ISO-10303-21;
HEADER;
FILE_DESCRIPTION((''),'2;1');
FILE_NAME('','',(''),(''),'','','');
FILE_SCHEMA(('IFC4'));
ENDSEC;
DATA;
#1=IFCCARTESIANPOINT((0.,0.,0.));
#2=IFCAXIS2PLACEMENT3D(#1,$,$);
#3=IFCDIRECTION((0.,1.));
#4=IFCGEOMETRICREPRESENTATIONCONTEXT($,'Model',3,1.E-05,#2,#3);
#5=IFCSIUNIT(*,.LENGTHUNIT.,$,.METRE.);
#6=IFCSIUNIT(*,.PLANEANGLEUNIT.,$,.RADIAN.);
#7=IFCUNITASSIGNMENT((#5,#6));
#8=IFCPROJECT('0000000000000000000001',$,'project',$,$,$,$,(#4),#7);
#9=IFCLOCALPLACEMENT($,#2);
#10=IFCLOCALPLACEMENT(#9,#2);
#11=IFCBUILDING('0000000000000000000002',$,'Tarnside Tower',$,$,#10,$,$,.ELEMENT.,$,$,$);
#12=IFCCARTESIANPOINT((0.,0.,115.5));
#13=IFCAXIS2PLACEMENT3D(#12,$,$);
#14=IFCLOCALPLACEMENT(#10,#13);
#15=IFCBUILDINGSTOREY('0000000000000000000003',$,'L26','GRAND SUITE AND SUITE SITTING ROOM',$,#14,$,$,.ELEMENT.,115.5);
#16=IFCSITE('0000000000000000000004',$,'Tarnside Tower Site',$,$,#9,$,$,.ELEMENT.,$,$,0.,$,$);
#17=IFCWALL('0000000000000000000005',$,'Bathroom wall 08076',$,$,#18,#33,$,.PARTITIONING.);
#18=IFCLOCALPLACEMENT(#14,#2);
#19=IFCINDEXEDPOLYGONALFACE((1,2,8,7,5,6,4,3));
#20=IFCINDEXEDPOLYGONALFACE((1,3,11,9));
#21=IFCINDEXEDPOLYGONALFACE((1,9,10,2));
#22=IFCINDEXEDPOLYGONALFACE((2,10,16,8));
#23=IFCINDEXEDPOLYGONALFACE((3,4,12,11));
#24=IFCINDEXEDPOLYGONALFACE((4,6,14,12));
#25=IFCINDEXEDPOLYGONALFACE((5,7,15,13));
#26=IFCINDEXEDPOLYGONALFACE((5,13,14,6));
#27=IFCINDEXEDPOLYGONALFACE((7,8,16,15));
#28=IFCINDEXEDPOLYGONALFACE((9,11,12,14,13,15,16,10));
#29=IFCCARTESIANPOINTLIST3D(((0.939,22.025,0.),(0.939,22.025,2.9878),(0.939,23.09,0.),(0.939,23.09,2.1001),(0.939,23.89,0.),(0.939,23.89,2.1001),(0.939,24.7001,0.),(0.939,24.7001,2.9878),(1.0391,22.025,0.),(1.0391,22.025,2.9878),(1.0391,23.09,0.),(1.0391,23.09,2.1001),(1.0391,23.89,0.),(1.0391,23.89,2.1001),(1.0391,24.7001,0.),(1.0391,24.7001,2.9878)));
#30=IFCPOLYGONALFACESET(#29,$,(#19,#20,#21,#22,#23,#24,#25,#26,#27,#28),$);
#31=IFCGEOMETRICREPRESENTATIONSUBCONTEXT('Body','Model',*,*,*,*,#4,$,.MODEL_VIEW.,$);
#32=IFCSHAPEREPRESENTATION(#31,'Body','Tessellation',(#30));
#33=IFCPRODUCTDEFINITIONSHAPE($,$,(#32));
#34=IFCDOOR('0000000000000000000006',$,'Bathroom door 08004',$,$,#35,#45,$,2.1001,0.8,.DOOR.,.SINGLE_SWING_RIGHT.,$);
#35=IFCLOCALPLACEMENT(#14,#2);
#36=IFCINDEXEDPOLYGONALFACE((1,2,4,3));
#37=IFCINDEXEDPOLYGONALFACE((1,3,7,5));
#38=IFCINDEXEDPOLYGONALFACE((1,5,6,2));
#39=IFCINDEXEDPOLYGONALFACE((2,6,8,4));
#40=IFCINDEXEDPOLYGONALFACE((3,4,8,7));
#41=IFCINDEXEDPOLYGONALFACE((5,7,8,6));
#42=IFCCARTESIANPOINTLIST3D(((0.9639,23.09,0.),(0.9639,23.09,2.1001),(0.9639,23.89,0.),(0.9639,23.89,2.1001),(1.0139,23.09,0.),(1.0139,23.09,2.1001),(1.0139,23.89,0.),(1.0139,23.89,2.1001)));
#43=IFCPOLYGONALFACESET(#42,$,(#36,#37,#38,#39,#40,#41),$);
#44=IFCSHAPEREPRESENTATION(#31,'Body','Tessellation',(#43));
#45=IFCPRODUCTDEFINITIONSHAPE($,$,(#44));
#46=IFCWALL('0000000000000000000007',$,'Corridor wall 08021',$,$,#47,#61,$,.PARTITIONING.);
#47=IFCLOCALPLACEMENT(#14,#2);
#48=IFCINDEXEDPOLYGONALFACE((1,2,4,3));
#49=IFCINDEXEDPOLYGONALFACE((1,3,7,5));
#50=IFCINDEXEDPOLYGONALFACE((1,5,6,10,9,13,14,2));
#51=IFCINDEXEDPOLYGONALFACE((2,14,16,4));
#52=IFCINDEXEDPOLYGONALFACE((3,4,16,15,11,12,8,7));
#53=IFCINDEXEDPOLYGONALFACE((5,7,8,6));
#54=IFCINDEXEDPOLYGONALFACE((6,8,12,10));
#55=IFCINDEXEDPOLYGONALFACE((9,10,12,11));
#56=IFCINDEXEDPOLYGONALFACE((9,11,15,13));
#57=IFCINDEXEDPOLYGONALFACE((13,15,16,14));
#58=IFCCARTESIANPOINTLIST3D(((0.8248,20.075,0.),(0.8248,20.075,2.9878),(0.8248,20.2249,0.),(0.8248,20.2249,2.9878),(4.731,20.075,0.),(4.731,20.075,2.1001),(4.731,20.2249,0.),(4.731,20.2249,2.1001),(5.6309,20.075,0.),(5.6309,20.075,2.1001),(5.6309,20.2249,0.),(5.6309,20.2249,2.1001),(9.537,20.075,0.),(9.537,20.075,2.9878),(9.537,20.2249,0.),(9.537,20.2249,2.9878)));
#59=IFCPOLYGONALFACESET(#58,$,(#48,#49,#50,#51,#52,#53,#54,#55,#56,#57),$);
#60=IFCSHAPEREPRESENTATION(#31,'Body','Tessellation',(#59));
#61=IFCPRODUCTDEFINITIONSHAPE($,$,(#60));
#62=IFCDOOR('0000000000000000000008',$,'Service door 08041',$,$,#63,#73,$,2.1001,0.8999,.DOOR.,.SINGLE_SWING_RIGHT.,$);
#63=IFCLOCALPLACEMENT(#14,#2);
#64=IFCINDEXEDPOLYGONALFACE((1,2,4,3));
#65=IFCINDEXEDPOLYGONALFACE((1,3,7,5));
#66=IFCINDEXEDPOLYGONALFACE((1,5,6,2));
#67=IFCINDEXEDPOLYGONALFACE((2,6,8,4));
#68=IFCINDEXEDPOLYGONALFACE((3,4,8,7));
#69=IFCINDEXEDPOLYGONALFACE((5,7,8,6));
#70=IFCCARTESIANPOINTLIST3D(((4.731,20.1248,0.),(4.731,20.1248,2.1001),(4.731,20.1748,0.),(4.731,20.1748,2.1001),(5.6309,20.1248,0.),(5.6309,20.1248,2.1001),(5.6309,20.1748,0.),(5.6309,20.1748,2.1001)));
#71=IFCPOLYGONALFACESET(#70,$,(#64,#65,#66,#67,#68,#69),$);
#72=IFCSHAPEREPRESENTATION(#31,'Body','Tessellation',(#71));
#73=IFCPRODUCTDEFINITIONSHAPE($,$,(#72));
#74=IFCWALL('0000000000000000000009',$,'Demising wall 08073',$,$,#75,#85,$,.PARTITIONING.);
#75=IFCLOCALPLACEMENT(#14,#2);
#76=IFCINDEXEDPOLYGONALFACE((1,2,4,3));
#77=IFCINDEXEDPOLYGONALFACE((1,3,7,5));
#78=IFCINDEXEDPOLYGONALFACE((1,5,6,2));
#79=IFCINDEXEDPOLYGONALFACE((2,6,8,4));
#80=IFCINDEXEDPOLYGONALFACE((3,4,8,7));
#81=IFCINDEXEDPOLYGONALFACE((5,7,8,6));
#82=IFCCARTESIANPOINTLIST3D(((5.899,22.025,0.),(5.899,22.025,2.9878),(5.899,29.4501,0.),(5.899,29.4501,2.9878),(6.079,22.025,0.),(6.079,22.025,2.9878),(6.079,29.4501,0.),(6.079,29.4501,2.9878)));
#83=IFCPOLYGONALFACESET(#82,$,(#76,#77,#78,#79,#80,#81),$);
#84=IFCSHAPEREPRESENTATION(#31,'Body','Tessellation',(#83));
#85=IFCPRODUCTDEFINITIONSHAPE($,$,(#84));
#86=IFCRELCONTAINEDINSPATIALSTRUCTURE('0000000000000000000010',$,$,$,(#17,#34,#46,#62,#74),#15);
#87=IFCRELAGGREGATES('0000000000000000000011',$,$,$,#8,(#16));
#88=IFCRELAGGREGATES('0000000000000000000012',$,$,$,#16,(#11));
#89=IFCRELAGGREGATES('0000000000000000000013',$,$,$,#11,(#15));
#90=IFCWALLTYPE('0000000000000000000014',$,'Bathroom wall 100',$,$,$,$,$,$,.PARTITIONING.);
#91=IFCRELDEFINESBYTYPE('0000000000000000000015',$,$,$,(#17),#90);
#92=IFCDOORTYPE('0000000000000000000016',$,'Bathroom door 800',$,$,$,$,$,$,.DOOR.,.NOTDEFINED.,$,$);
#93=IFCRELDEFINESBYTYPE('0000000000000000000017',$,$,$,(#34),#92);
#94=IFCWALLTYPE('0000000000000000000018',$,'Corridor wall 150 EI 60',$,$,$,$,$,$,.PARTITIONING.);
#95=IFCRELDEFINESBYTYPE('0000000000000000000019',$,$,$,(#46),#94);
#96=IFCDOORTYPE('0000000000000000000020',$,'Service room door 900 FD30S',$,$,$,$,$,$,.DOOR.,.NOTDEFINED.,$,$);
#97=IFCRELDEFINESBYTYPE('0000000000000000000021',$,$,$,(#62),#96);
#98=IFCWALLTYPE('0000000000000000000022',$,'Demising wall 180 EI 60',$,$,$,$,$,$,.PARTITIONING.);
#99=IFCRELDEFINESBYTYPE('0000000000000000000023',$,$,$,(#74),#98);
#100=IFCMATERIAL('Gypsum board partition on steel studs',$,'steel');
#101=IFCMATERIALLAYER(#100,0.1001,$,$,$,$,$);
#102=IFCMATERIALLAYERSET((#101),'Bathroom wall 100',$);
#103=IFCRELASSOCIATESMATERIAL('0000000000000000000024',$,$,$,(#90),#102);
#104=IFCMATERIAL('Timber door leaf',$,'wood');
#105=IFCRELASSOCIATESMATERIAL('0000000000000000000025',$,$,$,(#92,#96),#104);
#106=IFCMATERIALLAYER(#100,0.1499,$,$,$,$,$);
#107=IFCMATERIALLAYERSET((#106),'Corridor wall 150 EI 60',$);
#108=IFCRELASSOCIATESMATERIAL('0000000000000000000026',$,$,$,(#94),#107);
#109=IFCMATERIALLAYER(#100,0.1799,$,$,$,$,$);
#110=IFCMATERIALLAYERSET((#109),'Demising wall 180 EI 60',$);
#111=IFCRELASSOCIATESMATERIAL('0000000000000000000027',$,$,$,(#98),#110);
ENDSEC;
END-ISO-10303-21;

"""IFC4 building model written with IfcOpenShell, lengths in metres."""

from ifc_helpers import new_model, si_unit, direction, frame, frame_2d, origin, place, context, subcontext, project, spatial, rectangle, extrude, material, layer, layer_set, type_object, element, fill, save


model = new_model("IFC4")

# Units and contexts
model_context = context("Model", 3, precision=1e-05, world=origin(), true_north=direction((0.0, 1.0)))
body_context = subcontext(model_context, "Body", "Model", "MODEL_VIEW")
ifc_project = project(units=[si_unit("LENGTHUNIT", "METRE"), si_unit("PLANEANGLEUNIT", "RADIAN")], contexts=[model_context])

# Site, building, storey
site_placement = place(None, origin())
site = spatial("IfcSite", under=ifc_project, at=site_placement, Name="Tarnside Tower Site", CompositionType="ELEMENT", RefElevation=0.0)
building_placement = place(site_placement, origin())
building = spatial("IfcBuilding", under=site, at=building_placement, Name="Tarnside Tower", CompositionType="ELEMENT")
storey_placement = place(building_placement, frame((0.0, 0.0, 115.5)))
storey = spatial("IfcBuildingStorey", under=building, at=storey_placement, Name="L26", Description="GRAND SUITE AND SUITE SITTING ROOM", CompositionType="ELEMENT", Elevation=115.5)

# Shared definitions
ifc_material_1 = material(Name="Gypsum board partition on steel studs", Category="steel")
ifc_layer_1 = layer(ifc_material_1, 0.1001)
ifc_layer_set_1 = layer_set([ifc_layer_1], Name="Bathroom wall 100")
wall_type_1 = type_object("IfcWallType", Name="Bathroom wall 100", PredefinedType="PARTITIONING", material=ifc_layer_set_1)

# Walls, openings, doors
ifc_material_2 = material(Name="Timber door leaf", Category="wood")
door_type_1 = type_object("IfcDoorType", Name="Bathroom door 800", OperationType="NOTDEFINED", PredefinedType="DOOR", material=ifc_material_2)
wall_1_placement = place(storey_placement, frame((0.989, 24.7, 0.0), z_axis=(0.0, 0.0, 1.0), x_axis=(0.0, -1.0, 0.0)))
wall_1 = element("IfcWall", 1, at=wall_1_placement, inside=storey, type_object=wall_type_1, Name="Bathroom wall 08076", PredefinedType="PARTITIONING", context=body_context, shape_type="SweptSolid", body=[
    extrude(rectangle(XDim=2.675, YDim=0.1001, at=frame_2d((1.3374, 0.0))), origin(), (0.0, 0.0, 1.0), 2.9878),
])
opening_1_placement = place(wall_1_placement, frame((0.8101, 0.0, 0.0)))
opening_1 = element("IfcOpeningElement", 2, at=opening_1_placement, cuts=wall_1, PredefinedType="OPENING", context=body_context, shape_type="SweptSolid", body=[
    extrude(rectangle(XDim=0.8, YDim=2.1001, at=frame_2d((0.3999, 1.05))), frame((0.0, 0.0601, 0.0), z_axis=(0.0, -1.0, 0.0), x_axis=(1.0, 0.0, 0.0)), (0.0, 0.0, 1.0), 0.1201),
])
door_1_placement = place(opening_1_placement, origin())
door_1 = element("IfcDoor", 3, at=door_1_placement, inside=storey, type_object=door_type_1, Name="Bathroom door 08004", OperationType="SINGLE_SWING_RIGHT", OverallHeight=2.1001, OverallWidth=0.8, PredefinedType="DOOR", context=body_context, shape_type="SweptSolid", body=[
    extrude(rectangle(XDim=0.8, YDim=2.1001, at=frame_2d((0.3999, 1.05))), frame((0.0, 0.0249, 0.0), z_axis=(0.0, -1.0, 0.0), x_axis=(1.0, 0.0, 0.0)), (0.0, 0.0, 1.0), 0.05),
])
fill(opening_1, door_1)
ifc_layer_2 = layer(ifc_material_1, 0.1499)
ifc_layer_set_2 = layer_set([ifc_layer_2], Name="Corridor wall 150 EI 60")
wall_type_2 = type_object("IfcWallType", Name="Corridor wall 150 EI 60", PredefinedType="PARTITIONING", material=ifc_layer_set_2)
wall_2_placement = place(storey_placement, frame((0.825, 20.1499, 0.0), z_axis=(0.0, 0.0, 1.0), x_axis=(1.0, 0.0, 0.0)))
wall_2 = element("IfcWall", 4, at=wall_2_placement, inside=storey, type_object=wall_type_2, Name="Corridor wall 08021", PredefinedType="PARTITIONING", context=body_context, shape_type="SweptSolid", body=[
    extrude(rectangle(XDim=8.7122, YDim=0.1499, at=frame_2d((4.356, 0.0))), origin(), (0.0, 0.0, 1.0), 2.9878),
])
opening_2_placement = place(wall_2_placement, frame((3.906, 0.0, 0.0)))
opening_2 = element("IfcOpeningElement", 5, at=opening_2_placement, cuts=wall_2, PredefinedType="OPENING", context=body_context, shape_type="SweptSolid", body=[
    extrude(rectangle(XDim=0.8999, YDim=2.1001, at=frame_2d((0.45, 1.05))), frame((0.0, 0.085, 0.0), z_axis=(0.0, -1.0, 0.0), x_axis=(1.0, 0.0, 0.0)), (0.0, 0.0, 1.0), 0.1699),
])
door_type_2 = type_object("IfcDoorType", Name="Service room door 900 FD30S", OperationType="NOTDEFINED", PredefinedType="DOOR", material=ifc_material_2)
door_2_placement = place(opening_2_placement, origin())
door_2 = element("IfcDoor", 6, at=door_2_placement, inside=storey, type_object=door_type_2, Name="Service door 08041", OperationType="SINGLE_SWING_RIGHT", OverallHeight=2.1001, OverallWidth=0.8999, PredefinedType="DOOR", context=body_context, shape_type="SweptSolid", body=[
    extrude(rectangle(XDim=0.8999, YDim=2.1001, at=frame_2d((0.45, 1.05))), frame((0.0, 0.0249, 0.0), z_axis=(0.0, -1.0, 0.0), x_axis=(1.0, 0.0, 0.0)), (0.0, 0.0, 1.0), 0.05),
])
fill(opening_2, door_2)

# Wall
ifc_layer_3 = layer(ifc_material_1, 0.1799)
ifc_layer_set_3 = layer_set([ifc_layer_3], Name="Demising wall 180 EI 60")
wall_type_3 = type_object("IfcWallType", Name="Demising wall 180 EI 60", PredefinedType="PARTITIONING", material=ifc_layer_set_3)
wall_3_placement = place(storey_placement, frame((5.989, 29.45, 0.0), z_axis=(0.0, 0.0, 1.0), x_axis=(0.0, -1.0, 0.0)))
element("IfcWall", 7, at=wall_3_placement, inside=storey, type_object=wall_type_3, Name="Demising wall 08073", PredefinedType="PARTITIONING", context=body_context, shape_type="SweptSolid", body=[
    extrude(rectangle(XDim=7.425, YDim=0.1799, at=frame_2d((3.7124, 0.0))), origin(), (0.0, 0.0, 1.0), 2.9878),
])

save(model, "model.ifc")
